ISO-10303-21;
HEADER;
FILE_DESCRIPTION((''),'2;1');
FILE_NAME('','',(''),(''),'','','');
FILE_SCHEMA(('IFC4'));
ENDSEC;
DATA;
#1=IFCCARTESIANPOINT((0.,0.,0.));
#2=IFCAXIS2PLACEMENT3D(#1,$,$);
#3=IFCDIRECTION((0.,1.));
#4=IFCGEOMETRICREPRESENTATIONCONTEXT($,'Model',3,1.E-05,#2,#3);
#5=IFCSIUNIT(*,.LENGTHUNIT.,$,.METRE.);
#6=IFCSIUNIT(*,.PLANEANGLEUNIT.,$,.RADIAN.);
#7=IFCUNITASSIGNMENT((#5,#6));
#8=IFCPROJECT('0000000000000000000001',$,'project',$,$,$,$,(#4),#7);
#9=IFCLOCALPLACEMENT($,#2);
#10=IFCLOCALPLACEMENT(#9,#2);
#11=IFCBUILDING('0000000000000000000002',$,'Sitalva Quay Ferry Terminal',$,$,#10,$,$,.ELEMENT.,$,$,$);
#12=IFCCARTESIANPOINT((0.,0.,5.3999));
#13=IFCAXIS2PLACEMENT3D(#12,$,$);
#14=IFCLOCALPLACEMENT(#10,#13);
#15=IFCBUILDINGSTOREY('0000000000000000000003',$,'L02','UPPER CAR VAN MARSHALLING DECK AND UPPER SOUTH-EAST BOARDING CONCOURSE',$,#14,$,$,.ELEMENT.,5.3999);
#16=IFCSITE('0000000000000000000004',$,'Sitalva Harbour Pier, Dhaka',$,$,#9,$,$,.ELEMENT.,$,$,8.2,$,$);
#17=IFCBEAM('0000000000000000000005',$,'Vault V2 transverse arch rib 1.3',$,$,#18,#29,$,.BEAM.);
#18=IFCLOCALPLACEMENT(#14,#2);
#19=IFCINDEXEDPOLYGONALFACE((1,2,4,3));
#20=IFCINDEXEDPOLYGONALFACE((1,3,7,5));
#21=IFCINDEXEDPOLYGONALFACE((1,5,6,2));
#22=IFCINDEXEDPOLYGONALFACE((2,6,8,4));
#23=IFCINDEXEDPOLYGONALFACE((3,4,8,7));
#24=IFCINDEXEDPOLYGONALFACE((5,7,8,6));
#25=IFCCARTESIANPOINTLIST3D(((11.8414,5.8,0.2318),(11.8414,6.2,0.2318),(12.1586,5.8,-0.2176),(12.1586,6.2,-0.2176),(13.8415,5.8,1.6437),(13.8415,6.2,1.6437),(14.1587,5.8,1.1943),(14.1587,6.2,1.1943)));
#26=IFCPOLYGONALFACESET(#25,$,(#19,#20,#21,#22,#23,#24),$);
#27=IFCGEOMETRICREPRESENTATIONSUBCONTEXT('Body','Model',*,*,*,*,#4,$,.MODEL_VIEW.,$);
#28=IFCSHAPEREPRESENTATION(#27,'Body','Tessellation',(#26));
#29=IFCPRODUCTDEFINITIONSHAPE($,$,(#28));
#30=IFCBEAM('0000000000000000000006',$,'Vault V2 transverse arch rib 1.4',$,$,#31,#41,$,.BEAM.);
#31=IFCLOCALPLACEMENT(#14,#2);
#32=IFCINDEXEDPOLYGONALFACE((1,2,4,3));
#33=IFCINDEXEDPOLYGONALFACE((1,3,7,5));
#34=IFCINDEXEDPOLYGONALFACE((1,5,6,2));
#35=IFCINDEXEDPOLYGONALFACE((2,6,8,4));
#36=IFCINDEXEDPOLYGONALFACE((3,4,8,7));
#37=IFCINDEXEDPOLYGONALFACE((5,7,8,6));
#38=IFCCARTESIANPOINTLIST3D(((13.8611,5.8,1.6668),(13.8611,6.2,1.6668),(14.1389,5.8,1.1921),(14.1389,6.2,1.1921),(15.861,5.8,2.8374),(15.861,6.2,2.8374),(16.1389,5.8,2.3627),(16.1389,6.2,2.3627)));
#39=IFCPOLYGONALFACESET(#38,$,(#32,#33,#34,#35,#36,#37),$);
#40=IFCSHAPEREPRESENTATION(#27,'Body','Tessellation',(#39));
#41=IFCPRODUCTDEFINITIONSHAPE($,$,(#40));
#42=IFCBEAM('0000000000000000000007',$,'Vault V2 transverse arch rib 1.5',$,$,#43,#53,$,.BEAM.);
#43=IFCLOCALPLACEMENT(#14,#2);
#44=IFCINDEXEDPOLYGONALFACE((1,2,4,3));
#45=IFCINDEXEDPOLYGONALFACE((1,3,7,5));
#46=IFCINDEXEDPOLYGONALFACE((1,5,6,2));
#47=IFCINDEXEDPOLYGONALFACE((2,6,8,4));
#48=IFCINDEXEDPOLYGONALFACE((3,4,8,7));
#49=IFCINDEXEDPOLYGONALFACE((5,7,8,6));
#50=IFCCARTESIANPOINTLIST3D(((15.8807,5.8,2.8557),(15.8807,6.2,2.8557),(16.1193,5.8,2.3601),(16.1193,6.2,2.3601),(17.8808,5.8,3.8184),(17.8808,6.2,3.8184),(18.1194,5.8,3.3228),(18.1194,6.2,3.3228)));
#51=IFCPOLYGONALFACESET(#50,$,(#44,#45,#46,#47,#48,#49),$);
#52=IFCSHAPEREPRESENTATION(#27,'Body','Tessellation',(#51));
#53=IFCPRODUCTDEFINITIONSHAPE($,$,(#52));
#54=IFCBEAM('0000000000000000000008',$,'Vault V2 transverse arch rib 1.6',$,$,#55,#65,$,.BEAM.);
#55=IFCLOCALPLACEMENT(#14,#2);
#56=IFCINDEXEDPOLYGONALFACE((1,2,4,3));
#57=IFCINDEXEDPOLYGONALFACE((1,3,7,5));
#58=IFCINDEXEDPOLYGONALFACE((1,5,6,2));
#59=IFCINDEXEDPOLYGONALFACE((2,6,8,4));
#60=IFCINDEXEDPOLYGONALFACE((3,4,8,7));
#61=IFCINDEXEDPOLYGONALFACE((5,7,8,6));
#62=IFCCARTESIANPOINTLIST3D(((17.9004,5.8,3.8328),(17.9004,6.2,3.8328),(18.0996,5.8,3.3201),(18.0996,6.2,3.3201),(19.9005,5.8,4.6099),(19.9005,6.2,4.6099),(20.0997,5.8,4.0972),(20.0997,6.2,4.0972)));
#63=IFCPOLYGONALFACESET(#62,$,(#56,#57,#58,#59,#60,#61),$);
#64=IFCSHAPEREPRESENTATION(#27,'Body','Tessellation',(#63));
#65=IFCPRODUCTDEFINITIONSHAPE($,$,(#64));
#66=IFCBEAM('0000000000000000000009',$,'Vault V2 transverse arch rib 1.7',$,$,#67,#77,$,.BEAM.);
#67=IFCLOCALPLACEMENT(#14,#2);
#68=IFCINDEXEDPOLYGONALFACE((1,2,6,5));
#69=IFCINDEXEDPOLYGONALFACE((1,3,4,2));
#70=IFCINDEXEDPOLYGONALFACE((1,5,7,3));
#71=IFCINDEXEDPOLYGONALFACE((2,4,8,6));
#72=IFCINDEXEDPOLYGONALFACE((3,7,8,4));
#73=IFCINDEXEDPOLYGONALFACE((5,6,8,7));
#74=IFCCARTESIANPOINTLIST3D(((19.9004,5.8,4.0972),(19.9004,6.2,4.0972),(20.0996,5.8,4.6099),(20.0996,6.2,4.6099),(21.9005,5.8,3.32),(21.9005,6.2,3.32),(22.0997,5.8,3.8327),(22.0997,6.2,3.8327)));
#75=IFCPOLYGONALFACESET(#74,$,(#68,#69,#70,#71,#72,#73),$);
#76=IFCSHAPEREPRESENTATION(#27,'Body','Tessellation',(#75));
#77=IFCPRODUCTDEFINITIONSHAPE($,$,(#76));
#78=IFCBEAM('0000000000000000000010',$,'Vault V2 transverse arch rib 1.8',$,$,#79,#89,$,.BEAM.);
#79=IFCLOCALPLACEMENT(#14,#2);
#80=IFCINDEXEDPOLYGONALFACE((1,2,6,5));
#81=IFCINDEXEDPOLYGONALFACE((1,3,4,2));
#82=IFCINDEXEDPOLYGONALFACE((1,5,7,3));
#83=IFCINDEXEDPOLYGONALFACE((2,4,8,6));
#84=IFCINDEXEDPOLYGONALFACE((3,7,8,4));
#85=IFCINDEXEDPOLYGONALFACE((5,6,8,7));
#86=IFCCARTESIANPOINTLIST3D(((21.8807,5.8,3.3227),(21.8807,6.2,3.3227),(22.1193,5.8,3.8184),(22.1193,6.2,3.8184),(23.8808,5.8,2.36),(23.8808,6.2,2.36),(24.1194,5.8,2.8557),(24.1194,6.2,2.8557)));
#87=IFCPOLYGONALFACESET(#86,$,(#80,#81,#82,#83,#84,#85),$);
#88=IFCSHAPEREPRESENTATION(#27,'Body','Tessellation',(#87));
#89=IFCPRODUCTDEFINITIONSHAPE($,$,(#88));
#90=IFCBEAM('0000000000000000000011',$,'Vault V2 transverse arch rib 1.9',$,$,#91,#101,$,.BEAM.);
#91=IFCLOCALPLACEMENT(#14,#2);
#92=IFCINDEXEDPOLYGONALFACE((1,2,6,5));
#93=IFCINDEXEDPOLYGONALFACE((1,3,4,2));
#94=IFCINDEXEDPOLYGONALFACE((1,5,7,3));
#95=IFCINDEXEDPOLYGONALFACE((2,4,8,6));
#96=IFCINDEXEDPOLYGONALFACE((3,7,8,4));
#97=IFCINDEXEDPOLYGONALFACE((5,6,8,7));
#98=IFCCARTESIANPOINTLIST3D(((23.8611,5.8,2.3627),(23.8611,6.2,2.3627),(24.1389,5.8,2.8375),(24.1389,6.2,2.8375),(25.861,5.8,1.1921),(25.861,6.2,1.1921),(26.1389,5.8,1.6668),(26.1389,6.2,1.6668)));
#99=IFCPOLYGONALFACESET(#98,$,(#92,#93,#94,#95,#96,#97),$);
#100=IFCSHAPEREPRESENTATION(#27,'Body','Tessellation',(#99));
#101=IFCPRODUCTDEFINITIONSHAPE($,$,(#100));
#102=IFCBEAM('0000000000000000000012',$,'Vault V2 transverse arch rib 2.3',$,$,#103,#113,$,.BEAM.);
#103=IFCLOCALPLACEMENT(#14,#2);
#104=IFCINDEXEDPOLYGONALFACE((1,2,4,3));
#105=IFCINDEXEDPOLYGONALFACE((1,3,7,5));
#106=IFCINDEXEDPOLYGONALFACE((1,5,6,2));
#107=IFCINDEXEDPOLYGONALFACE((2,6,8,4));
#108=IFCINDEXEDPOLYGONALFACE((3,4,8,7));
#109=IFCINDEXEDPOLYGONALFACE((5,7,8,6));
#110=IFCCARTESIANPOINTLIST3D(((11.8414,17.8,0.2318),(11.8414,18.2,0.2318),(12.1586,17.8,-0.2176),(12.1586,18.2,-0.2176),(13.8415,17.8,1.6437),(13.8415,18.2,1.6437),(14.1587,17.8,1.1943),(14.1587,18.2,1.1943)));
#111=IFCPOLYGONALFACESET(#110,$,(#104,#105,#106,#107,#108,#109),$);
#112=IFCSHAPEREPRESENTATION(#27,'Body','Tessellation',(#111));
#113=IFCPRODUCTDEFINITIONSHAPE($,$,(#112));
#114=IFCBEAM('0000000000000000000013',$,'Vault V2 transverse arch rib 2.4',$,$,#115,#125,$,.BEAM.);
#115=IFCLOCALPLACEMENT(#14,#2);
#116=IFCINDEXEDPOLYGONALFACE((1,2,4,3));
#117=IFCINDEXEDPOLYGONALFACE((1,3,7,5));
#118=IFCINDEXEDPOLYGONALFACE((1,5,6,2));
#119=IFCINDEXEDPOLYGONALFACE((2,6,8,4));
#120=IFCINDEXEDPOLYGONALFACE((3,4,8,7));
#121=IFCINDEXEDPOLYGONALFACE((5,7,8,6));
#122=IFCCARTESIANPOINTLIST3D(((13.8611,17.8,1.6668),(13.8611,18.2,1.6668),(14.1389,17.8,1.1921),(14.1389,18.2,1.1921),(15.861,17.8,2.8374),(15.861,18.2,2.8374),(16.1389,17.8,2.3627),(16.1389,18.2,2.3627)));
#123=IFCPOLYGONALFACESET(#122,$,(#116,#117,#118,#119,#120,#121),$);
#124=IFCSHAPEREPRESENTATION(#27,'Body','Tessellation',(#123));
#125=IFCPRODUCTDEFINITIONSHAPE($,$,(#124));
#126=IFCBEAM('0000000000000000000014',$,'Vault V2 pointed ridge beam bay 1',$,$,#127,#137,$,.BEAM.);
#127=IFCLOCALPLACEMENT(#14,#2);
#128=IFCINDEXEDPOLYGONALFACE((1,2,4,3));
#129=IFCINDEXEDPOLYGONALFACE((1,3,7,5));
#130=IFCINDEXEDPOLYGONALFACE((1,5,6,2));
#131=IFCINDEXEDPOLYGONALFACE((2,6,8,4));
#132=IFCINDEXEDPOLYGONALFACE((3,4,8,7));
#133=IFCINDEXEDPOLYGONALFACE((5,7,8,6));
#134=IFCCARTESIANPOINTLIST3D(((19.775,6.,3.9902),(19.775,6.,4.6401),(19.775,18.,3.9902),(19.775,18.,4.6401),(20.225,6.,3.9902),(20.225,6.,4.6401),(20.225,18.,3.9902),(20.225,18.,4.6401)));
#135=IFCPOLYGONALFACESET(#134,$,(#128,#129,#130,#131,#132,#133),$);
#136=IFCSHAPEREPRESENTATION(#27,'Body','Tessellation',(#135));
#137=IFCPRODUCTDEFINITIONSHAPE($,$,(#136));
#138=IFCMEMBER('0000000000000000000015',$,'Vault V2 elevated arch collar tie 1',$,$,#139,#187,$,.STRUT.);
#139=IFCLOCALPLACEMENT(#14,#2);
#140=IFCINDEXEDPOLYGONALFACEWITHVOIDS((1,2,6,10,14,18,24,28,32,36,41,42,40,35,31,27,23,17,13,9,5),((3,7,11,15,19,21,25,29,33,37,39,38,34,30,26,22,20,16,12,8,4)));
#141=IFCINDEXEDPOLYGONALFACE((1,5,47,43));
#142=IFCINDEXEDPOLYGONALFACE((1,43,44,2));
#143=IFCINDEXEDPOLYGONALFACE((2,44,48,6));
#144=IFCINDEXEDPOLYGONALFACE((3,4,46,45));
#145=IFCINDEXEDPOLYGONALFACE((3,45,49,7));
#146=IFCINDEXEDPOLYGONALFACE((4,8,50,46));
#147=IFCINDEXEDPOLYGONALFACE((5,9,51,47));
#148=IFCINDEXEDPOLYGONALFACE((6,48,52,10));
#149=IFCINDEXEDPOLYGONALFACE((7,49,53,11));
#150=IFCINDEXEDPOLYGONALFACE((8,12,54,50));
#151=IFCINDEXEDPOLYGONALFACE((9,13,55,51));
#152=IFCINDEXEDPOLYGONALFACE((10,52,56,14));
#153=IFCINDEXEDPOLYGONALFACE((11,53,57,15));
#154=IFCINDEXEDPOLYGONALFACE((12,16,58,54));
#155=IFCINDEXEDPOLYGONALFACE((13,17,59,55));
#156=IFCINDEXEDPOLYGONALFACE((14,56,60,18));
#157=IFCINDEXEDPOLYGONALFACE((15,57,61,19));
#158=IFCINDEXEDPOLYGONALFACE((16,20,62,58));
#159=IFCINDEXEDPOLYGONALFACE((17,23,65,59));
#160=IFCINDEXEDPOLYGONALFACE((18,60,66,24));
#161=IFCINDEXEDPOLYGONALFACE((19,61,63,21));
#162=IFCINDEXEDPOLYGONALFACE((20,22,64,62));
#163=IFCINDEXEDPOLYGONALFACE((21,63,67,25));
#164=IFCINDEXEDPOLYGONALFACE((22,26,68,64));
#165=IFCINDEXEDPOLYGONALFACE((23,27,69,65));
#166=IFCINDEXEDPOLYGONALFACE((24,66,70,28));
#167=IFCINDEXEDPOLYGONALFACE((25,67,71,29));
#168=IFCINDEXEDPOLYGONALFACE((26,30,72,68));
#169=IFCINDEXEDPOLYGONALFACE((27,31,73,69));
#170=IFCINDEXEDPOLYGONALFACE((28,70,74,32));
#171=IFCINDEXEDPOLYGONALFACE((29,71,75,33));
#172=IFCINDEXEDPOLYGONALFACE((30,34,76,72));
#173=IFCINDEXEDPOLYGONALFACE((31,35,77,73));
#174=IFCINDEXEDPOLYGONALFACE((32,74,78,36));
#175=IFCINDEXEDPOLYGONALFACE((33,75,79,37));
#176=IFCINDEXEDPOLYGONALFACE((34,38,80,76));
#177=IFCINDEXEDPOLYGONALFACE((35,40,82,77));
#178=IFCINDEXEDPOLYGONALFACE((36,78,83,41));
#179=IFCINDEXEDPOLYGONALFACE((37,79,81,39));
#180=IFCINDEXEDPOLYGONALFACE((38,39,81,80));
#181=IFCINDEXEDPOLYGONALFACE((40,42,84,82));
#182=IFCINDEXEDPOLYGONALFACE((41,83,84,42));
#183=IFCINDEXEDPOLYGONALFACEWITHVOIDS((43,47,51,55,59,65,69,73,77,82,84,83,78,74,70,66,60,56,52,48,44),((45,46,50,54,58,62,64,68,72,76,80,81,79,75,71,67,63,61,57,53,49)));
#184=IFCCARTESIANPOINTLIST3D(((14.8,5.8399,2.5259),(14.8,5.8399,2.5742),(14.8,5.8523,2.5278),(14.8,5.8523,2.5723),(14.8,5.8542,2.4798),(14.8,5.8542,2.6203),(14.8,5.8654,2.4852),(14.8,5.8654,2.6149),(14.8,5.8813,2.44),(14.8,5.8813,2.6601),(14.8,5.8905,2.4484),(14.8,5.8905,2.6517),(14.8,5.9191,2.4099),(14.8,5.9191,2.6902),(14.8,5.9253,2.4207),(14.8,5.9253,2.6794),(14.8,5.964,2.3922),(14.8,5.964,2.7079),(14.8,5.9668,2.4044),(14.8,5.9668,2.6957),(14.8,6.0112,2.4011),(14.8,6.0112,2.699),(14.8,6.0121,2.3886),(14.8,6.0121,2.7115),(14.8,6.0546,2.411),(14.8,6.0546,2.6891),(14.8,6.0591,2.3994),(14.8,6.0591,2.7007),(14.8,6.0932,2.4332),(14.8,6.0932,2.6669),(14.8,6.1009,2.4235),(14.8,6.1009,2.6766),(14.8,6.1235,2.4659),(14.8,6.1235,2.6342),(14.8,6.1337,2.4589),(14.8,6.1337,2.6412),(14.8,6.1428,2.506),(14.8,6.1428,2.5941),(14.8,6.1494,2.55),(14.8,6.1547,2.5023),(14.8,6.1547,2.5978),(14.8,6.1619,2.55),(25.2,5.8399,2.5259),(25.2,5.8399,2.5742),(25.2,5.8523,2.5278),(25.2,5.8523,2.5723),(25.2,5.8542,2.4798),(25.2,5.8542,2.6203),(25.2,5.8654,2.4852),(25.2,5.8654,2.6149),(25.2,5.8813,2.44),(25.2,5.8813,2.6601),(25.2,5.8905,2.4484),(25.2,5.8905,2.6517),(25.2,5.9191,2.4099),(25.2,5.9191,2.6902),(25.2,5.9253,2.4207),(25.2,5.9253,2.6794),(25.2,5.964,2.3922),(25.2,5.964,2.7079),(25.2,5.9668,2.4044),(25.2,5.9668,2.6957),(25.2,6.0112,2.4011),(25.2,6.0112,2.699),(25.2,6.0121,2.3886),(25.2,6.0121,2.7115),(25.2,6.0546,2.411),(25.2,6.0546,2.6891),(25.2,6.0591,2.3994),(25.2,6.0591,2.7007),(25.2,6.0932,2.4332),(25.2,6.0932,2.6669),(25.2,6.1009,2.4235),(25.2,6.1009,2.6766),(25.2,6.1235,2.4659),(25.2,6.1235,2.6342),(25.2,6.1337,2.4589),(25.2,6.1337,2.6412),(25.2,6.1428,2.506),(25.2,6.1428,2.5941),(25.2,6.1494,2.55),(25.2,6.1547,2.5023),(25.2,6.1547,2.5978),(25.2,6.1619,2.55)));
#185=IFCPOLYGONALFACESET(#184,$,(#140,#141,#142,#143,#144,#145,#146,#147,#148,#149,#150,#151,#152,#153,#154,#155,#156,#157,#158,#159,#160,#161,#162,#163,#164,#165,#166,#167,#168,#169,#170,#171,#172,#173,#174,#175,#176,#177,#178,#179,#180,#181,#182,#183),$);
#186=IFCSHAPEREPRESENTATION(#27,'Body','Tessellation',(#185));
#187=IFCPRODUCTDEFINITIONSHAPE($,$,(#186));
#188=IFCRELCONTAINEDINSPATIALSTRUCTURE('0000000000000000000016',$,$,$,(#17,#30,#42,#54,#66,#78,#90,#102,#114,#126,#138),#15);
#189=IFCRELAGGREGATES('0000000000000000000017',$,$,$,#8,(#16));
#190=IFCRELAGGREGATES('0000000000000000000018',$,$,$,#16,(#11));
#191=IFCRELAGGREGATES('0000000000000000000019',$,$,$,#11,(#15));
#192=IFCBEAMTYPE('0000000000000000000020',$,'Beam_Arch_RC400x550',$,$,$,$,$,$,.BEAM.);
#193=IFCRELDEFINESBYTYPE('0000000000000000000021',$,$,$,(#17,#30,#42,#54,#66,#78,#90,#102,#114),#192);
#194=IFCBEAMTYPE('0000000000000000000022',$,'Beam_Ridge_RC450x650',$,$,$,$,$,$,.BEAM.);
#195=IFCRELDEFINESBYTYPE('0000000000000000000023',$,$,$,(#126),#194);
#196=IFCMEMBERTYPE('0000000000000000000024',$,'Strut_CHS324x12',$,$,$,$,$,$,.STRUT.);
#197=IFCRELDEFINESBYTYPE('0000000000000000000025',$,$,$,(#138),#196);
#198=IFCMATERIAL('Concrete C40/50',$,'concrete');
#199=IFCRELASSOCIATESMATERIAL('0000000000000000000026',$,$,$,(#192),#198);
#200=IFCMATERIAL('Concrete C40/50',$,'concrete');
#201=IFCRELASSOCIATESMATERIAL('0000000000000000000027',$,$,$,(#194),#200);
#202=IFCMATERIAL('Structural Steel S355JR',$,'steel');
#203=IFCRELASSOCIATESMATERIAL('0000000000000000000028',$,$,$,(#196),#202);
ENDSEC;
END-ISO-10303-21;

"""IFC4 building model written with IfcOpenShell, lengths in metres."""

from ifc_helpers import new_model, si_unit, direction, frame, origin, origin_2d, place, context, subcontext, project, spatial, rectangle, hollow_circle, extrude, material, material_profile, profile_set, type_object, element, save


model = new_model("IFC4")

# Units and contexts
model_context = context("Model", 3, precision=1e-05, world=origin(), true_north=direction((0.0, 1.0)))
body_context = subcontext(model_context, "Body", "Model", "MODEL_VIEW")
ifc_project = project(units=[si_unit("LENGTHUNIT", "METRE"), si_unit("PLANEANGLEUNIT", "RADIAN")], contexts=[model_context])

# Site, building, storey
site_placement = place(None, origin())
site = spatial("IfcSite", under=ifc_project, at=site_placement, Name="Sitalva Harbour Pier, Dhaka", CompositionType="ELEMENT", RefElevation=8.2)
building_placement = place(site_placement, origin())
building = spatial("IfcBuilding", under=site, at=building_placement, Name="Sitalva Quay Ferry Terminal", CompositionType="ELEMENT")
storey_placement = place(building_placement, frame((0.0, 0.0, 5.3999)))
storey = spatial("IfcBuildingStorey", under=building, at=storey_placement, Name="L02", Description="UPPER CAR VAN MARSHALLING DECK AND UPPER SOUTH-EAST BOARDING CONCOURSE", CompositionType="ELEMENT", Elevation=5.3999)

# Beams
ifc_material_1 = material(Name="Concrete C40/50", Category="concrete")
ifc_material_profile_1 = material_profile(ifc_material_1, rectangle(XDim=0.3999, YDim=0.55, at=origin_2d()), Name="RC400x550")
ifc_profile_set_1 = profile_set([ifc_material_profile_1], Name="Concrete C40/50")
beam_type_1 = type_object("IfcBeamType", Name="Beam_Arch_RC400x550", PredefinedType="BEAM", material=ifc_profile_set_1)
beam_1_placement = place(storey_placement, frame((12.0, 6.0, 0.0071), z_axis=(0.816949, 0.0, 0.576711), x_axis=(0.0, 1.0, 0.0)))
element("IfcBeam", 1, at=beam_1_placement, inside=storey, type_object=beam_type_1, Name="Vault V2 transverse arch rib 1.3", PredefinedType="BEAM", context=body_context, shape_type="SweptSolid", body=[
    extrude(rectangle(XDim=0.3999, YDim=0.55, at=origin_2d()), origin(), (0.0, 0.0, 1.0), 2.4482),
])
beam_2_placement = place(storey_placement, frame((14.0, 6.0, 1.4294), z_axis=(0.863029, 0.0, 0.505154), x_axis=(0.0, 1.0, 0.0)))
element("IfcBeam", 2, at=beam_2_placement, inside=storey, type_object=beam_type_1, Name="Vault V2 transverse arch rib 1.4", PredefinedType="BEAM", context=body_context, shape_type="SweptSolid", body=[
    extrude(rectangle(XDim=0.3999, YDim=0.55, at=origin_2d()), origin(), (0.0, 0.0, 1.0), 2.3174),
])
beam_3_placement = place(storey_placement, frame((16.0, 6.0, 2.6079), z_axis=(0.901057, 0.0, 0.4337), x_axis=(0.0, 1.0, 0.0)))
element("IfcBeam", 3, at=beam_3_placement, inside=storey, type_object=beam_type_1, Name="Vault V2 transverse arch rib 1.5", PredefinedType="BEAM", context=body_context, shape_type="SweptSolid", body=[
    extrude(rectangle(XDim=0.3999, YDim=0.55, at=origin_2d()), origin(), (0.0, 0.0, 1.0), 2.2197),
])
for number, where, z_axis, x_axis, name in (
    (4, (18.0, 6.0, 3.5764), (0.932111, 0.0, 0.362172), (0.0, 1.0, 0.0), "Vault V2 transverse arch rib 1.6"),
    (5, (20.0, 6.0, 4.3535), (0.932111, 0.0, -0.362172), (0.0, 1.0, 0.0), "Vault V2 transverse arch rib 1.7"),
):
    element("IfcBeam", number, at=place(storey_placement, frame(where, z_axis=z_axis, x_axis=x_axis)), inside=storey, type_object=beam_type_1, Name=name, PredefinedType="BEAM", context=body_context, shape_type="SweptSolid", body=[
        extrude(rectangle(XDim=0.3999, YDim=0.55, at=origin_2d()), origin(), (0.0, 0.0, 1.0), 2.1458),
    ])
beam_4_placement = place(storey_placement, frame((22.0, 6.0, 3.5706), z_axis=(0.901057, 0.0, -0.4337), x_axis=(0.0, 1.0, 0.0)))
element("IfcBeam", 6, at=beam_4_placement, inside=storey, type_object=beam_type_1, Name="Vault V2 transverse arch rib 1.8", PredefinedType="BEAM", context=body_context, shape_type="SweptSolid", body=[
    extrude(rectangle(XDim=0.3999, YDim=0.55, at=origin_2d()), origin(), (0.0, 0.0, 1.0), 2.2197),
])
beam_5_placement = place(storey_placement, frame((24.0, 6.0, 2.6001), z_axis=(0.863029, 0.0, -0.505154), x_axis=(0.0, 1.0, 0.0)))
element("IfcBeam", 7, at=beam_5_placement, inside=storey, type_object=beam_type_1, Name="Vault V2 transverse arch rib 1.9", PredefinedType="BEAM", context=body_context, shape_type="SweptSolid", body=[
    extrude(rectangle(XDim=0.3999, YDim=0.55, at=origin_2d()), origin(), (0.0, 0.0, 1.0), 2.3174),
])
beam_6_placement = place(storey_placement, frame((12.0, 18.0, 0.0071), z_axis=(0.816949, 0.0, 0.576711), x_axis=(0.0, 1.0, 0.0)))
element("IfcBeam", 8, at=beam_6_placement, inside=storey, type_object=beam_type_1, Name="Vault V2 transverse arch rib 2.3", PredefinedType="BEAM", context=body_context, shape_type="SweptSolid", body=[
    extrude(rectangle(XDim=0.3999, YDim=0.55, at=origin_2d()), origin(), (0.0, 0.0, 1.0), 2.4482),
])
beam_7_placement = place(storey_placement, frame((14.0, 18.0, 1.4294), z_axis=(0.863029, 0.0, 0.505154), x_axis=(0.0, 1.0, 0.0)))
element("IfcBeam", 9, at=beam_7_placement, inside=storey, type_object=beam_type_1, Name="Vault V2 transverse arch rib 2.4", PredefinedType="BEAM", context=body_context, shape_type="SweptSolid", body=[
    extrude(rectangle(XDim=0.3999, YDim=0.55, at=origin_2d()), origin(), (0.0, 0.0, 1.0), 2.3174),
])
ifc_material_2 = material(Name="Concrete C40/50", Category="concrete")
ifc_material_profile_2 = material_profile(ifc_material_2, rectangle(XDim=0.45, YDim=0.6499, at=origin_2d()), Name="RC450x650")
ifc_profile_set_2 = profile_set([ifc_material_profile_2], Name="Concrete C40/50")
beam_type_2 = type_object("IfcBeamType", Name="Beam_Ridge_RC450x650", PredefinedType="BEAM", material=ifc_profile_set_2)
beam_8_placement = place(storey_placement, frame((20.0, 6.0, 4.3152), z_axis=(0.0, 1.0, 0.0), x_axis=(-1.0, 0.0, 0.0)))
element("IfcBeam", 10, at=beam_8_placement, inside=storey, type_object=beam_type_2, Name="Vault V2 pointed ridge beam bay 1", PredefinedType="BEAM", context=body_context, shape_type="SweptSolid", body=[
    extrude(rectangle(XDim=0.45, YDim=0.6499, at=origin_2d()), origin(), (0.0, 0.0, 1.0), 12.0),
])

# Member
ifc_material_3 = material(Name="Structural Steel S355JR", Category="steel")
ifc_material_profile_3 = material_profile(ifc_material_3, hollow_circle(Radius=0.1619, WallThickness=0.0125, at=origin_2d()), Name="CHS324x12.5")
ifc_profile_set_3 = profile_set([ifc_material_profile_3], Name="Structural Steel S355JR")
member_type = type_object("IfcMemberType", Name="Strut_CHS324x12", PredefinedType="STRUT", material=ifc_profile_set_3)
member_placement = place(storey_placement, frame((14.8, 6.0, 2.55), z_axis=(1.0, 0.0, 0.0), x_axis=(0.0, 1.0, 0.0)))
element("IfcMember", 11, at=member_placement, inside=storey, type_object=member_type, Name="Vault V2 elevated arch collar tie 1", PredefinedType="STRUT", context=body_context, shape_type="SweptSolid", body=[
    extrude(hollow_circle(Radius=0.1619, WallThickness=0.0125, at=origin_2d()), origin(), (0.0, 0.0, 1.0), 10.3999),
])

save(model, "model.ifc")
